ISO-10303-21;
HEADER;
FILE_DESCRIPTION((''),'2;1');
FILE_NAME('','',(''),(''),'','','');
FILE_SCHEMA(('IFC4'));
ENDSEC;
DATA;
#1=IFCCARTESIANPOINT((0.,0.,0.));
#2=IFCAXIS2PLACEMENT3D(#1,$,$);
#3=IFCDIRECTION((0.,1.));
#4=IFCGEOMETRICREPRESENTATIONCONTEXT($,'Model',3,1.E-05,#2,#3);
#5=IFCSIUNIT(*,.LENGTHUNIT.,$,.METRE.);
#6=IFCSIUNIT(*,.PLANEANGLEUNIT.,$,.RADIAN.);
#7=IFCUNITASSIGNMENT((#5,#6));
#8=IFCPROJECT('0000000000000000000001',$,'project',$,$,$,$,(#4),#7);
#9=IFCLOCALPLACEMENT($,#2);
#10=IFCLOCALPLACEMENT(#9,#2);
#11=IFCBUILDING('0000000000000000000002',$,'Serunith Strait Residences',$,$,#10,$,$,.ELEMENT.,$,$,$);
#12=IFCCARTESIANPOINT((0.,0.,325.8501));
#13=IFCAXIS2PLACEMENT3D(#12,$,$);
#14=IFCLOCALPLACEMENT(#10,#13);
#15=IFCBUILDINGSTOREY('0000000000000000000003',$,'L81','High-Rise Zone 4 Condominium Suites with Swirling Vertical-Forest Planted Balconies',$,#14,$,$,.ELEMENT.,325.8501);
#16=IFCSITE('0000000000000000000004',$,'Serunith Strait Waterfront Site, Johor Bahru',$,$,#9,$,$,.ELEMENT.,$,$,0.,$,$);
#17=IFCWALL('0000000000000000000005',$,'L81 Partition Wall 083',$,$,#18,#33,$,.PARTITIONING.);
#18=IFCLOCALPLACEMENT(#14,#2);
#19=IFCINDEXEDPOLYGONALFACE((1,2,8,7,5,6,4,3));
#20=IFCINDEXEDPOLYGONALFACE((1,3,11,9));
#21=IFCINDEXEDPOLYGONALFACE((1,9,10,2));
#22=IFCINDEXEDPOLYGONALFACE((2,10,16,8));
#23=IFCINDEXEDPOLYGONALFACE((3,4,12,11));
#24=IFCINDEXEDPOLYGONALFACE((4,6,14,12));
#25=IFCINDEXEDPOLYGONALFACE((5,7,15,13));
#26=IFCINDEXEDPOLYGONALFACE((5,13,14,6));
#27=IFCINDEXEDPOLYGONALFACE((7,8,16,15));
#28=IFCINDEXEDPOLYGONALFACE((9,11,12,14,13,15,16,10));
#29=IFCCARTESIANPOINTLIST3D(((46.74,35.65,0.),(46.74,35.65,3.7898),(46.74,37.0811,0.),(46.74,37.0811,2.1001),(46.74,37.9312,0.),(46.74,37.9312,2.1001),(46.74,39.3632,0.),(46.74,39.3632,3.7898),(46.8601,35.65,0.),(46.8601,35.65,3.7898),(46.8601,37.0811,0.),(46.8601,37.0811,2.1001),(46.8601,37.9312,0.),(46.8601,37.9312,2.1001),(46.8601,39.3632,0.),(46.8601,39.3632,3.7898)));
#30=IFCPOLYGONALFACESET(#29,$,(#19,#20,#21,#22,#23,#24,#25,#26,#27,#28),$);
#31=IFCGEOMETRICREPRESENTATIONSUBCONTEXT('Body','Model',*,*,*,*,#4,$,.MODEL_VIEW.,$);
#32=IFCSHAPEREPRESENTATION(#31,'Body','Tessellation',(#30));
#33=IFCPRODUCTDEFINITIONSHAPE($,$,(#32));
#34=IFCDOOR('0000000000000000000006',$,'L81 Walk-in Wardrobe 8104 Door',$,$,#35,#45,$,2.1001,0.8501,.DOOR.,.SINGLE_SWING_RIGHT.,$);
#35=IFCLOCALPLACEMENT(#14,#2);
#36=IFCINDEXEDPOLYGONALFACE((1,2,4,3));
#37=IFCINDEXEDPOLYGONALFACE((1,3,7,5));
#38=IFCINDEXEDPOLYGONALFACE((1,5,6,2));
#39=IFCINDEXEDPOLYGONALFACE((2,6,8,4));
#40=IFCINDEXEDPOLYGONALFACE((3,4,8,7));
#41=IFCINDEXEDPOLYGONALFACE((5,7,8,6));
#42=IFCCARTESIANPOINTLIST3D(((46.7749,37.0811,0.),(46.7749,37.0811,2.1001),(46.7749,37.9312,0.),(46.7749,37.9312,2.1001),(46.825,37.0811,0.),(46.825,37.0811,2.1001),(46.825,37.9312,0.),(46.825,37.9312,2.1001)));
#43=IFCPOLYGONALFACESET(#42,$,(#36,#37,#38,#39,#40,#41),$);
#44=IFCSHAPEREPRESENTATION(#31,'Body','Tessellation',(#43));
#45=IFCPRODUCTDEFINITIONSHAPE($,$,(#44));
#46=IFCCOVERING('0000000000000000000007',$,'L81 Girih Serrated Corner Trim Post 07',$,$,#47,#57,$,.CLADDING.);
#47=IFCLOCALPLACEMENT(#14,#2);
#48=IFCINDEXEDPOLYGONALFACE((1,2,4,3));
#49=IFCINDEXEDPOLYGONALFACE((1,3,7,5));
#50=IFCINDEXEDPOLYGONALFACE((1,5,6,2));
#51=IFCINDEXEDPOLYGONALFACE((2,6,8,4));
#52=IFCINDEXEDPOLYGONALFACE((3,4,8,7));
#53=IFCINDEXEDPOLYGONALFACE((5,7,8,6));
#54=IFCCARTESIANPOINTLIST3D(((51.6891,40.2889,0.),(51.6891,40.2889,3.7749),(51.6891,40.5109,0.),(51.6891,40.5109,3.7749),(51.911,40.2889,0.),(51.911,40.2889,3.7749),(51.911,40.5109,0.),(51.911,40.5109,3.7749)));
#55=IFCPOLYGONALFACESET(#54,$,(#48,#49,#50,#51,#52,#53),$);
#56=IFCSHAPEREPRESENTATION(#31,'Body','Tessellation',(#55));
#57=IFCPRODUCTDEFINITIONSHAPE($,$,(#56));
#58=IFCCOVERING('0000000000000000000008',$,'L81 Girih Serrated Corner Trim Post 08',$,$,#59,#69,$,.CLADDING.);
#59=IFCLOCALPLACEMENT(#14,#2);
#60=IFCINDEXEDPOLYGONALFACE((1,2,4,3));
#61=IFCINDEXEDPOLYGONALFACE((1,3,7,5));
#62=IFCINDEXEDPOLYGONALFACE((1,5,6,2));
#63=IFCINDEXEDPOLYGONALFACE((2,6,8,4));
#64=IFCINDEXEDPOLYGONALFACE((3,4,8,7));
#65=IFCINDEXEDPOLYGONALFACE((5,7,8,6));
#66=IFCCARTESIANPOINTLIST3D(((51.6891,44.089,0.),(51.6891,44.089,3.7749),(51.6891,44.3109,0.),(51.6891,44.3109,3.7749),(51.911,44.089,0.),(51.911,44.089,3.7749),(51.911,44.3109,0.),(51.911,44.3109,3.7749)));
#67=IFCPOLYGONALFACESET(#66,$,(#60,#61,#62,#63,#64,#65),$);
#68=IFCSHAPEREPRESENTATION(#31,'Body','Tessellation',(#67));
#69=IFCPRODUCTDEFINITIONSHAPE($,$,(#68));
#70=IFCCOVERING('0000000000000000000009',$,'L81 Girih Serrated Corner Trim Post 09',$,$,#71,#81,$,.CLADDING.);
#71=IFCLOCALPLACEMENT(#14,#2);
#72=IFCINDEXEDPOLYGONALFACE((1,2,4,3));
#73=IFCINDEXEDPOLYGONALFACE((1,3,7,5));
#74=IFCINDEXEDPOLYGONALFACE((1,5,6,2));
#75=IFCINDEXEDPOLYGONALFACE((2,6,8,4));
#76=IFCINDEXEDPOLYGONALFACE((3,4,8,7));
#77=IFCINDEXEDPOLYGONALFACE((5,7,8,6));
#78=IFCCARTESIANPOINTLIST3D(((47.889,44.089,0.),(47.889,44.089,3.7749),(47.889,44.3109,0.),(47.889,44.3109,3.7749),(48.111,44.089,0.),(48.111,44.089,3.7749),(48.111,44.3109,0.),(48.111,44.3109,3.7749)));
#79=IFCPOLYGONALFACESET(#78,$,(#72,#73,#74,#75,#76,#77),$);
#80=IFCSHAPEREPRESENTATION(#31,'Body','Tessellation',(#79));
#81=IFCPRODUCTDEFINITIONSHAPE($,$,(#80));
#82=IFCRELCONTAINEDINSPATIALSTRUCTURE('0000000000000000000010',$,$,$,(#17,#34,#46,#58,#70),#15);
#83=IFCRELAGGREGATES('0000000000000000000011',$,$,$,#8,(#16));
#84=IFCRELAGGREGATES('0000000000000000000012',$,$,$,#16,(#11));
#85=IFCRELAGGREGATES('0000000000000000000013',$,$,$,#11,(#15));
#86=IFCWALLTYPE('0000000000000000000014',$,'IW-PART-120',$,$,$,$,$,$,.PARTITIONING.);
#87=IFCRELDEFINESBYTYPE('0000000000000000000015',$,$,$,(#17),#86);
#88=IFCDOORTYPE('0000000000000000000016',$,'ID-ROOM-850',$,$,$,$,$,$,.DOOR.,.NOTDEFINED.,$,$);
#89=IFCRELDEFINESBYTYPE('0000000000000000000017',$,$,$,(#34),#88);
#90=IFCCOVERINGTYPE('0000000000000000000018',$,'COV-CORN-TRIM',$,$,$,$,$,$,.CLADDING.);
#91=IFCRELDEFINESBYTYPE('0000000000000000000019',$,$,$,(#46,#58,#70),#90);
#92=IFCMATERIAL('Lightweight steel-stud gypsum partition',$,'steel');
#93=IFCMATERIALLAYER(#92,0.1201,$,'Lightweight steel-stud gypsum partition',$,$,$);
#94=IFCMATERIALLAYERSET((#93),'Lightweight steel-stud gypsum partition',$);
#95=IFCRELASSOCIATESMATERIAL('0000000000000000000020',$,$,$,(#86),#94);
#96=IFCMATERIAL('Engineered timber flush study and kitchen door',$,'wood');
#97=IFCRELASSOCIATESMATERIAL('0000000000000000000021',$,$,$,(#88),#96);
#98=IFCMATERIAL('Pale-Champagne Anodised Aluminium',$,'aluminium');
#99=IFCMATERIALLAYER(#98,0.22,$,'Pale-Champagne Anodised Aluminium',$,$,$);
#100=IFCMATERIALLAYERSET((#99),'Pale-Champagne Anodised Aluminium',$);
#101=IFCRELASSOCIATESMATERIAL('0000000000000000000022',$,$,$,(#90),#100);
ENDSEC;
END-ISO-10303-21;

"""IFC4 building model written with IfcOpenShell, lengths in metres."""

from ifc_helpers import new_model, si_unit, direction, frame, frame_2d, origin, origin_2d, place, context, subcontext, project, spatial, rectangle, extrude, source, transform, mapped, material, layer, layer_set, type_object, element, fill, save


model = new_model("IFC4")

# Units and contexts
model_context = context("Model", 3, precision=1e-05, world=origin(), true_north=direction((0.0, 1.0)))
body_context = subcontext(model_context, "Body", "Model", "MODEL_VIEW")
ifc_project = project(units=[si_unit("LENGTHUNIT", "METRE"), si_unit("PLANEANGLEUNIT", "RADIAN")], contexts=[model_context])

# Site, building, storey
site_placement = place(None, origin())
site = spatial("IfcSite", under=ifc_project, at=site_placement, Name="Serunith Strait Waterfront Site, Johor Bahru", CompositionType="ELEMENT", RefElevation=0.0)
building_placement = place(site_placement, origin())
building = spatial("IfcBuilding", under=site, at=building_placement, Name="Serunith Strait Residences", CompositionType="ELEMENT")
storey_placement = place(building_placement, frame((0.0, 0.0, 325.8501)))
storey = spatial("IfcBuildingStorey", under=building, at=storey_placement, Name="L81", Description="High-Rise Zone 4 Condominium Suites with Swirling Vertical-Forest Planted Balconies", CompositionType="ELEMENT", Elevation=325.8501)

# Shared definitions
ifc_material_1 = material(Name="Lightweight steel-stud gypsum partition", Category="steel")
ifc_layer_1 = layer(ifc_material_1, 0.1201, Name="Lightweight steel-stud gypsum partition")
ifc_layer_set_1 = layer_set([ifc_layer_1], Name="Lightweight steel-stud gypsum partition")
wall_type_1 = type_object("IfcWallType", Name="IW-PART-120", PredefinedType="PARTITIONING", material=ifc_layer_set_1)

# Wall, opening, door
wall_1_placement = place(storey_placement, frame((46.8, 39.363, 0.0), z_axis=(0.0, 0.0, 1.0), x_axis=(0.0, -1.0, 0.0)))
wall_1 = element("IfcWall", 1, at=wall_1_placement, inside=storey, type_object=wall_type_1, Name="L81 Partition Wall 083", PredefinedType="PARTITIONING", context=body_context, shape_type="SweptSolid", body=[
    extrude(rectangle(XDim=3.7131, YDim=0.1201, at=frame_2d((1.8564, 0.0))), origin(), (0.0, 0.0, 1.0), 3.7898),
])
opening_1_placement = place(wall_1_placement, frame((1.4319, 0.0, 0.0)))
opening_1 = element("IfcOpeningElement", 2, at=opening_1_placement, cuts=wall_1, PredefinedType="OPENING", context=body_context, shape_type="SweptSolid", body=[
    extrude(rectangle(XDim=0.8501, YDim=2.1001, at=frame_2d((0.425, 1.05))), frame((0.0, 0.0701, 0.0), z_axis=(0.0, -1.0, 0.0), x_axis=(1.0, 0.0, 0.0)), (0.0, 0.0, 1.0), 0.1401),
])
ifc_material_2 = material(Name="Engineered timber flush study and kitchen door", Category="wood")
door_type_1 = type_object("IfcDoorType", Name="ID-ROOM-850", OperationType="NOTDEFINED", PredefinedType="DOOR", material=ifc_material_2)
shared_shape_1 = source(origin(), body_context, "Body", "SweptSolid", [
    extrude(rectangle(XDim=0.8501, YDim=2.1001, at=frame_2d((0.425, 1.05))), frame((0.0, 0.0249, 0.0), z_axis=(0.0, -1.0, 0.0), x_axis=(1.0, 0.0, 0.0)), (0.0, 0.0, 1.0), 0.05),
])
door_1_placement = place(opening_1_placement, origin())
door_1 = element("IfcDoor", 3, at=door_1_placement, inside=storey, type_object=door_type_1, Name="L81 Walk-in Wardrobe 8104 Door", OperationType="SINGLE_SWING_RIGHT", OverallHeight=2.1001, OverallWidth=0.8501, PredefinedType="DOOR", context=body_context, shape_type="MappedRepresentation", body=[
    mapped(shared_shape_1, transform((0.0, 0.0, 0.0), scale=1.0)),
])
fill(opening_1, door_1)

# Coverings
ifc_material_3 = material(Name="Pale-Champagne Anodised Aluminium", Category="aluminium")
ifc_layer_2 = layer(ifc_material_3, 0.22, Name="Pale-Champagne Anodised Aluminium")
ifc_layer_set_2 = layer_set([ifc_layer_2], Name="Pale-Champagne Anodised Aluminium")
covering_type = type_object("IfcCoveringType", Name="COV-CORN-TRIM", PredefinedType="CLADDING", material=ifc_layer_set_2)
shared_shape_2 = source(origin(), body_context, "Body", "SweptSolid", [
    extrude(rectangle(XDim=0.2219, YDim=0.2219, at=origin_2d()), origin(), (0.0, 0.0, 1.0), 3.7749),
])
for number, where, z_axis, x_axis, name in (
    (4, (51.8, 40.3999, 0.0), (0.0, 0.0, 1.0), (1.0, 0.0, 0.0), "L81 Girih Serrated Corner Trim Post 07"),
    (5, (51.8, 44.2, 0.0), (0.0, 0.0, 1.0), (1.0, 0.0, 0.0), "L81 Girih Serrated Corner Trim Post 08"),
    (6, (48.0, 44.2, 0.0), (0.0, 0.0, 1.0), (1.0, 0.0, 0.0), "L81 Girih Serrated Corner Trim Post 09"),
):
    element("IfcCovering", number, at=place(storey_placement, frame(where, z_axis=z_axis, x_axis=x_axis)), inside=storey, type_object=covering_type, Name=name, PredefinedType="CLADDING", context=body_context, shape_type="MappedRepresentation", body=[
        mapped(shared_shape_2, transform((0.0, 0.0, 0.0), scale=1.0)),
    ])

save(model, "model.ifc")
